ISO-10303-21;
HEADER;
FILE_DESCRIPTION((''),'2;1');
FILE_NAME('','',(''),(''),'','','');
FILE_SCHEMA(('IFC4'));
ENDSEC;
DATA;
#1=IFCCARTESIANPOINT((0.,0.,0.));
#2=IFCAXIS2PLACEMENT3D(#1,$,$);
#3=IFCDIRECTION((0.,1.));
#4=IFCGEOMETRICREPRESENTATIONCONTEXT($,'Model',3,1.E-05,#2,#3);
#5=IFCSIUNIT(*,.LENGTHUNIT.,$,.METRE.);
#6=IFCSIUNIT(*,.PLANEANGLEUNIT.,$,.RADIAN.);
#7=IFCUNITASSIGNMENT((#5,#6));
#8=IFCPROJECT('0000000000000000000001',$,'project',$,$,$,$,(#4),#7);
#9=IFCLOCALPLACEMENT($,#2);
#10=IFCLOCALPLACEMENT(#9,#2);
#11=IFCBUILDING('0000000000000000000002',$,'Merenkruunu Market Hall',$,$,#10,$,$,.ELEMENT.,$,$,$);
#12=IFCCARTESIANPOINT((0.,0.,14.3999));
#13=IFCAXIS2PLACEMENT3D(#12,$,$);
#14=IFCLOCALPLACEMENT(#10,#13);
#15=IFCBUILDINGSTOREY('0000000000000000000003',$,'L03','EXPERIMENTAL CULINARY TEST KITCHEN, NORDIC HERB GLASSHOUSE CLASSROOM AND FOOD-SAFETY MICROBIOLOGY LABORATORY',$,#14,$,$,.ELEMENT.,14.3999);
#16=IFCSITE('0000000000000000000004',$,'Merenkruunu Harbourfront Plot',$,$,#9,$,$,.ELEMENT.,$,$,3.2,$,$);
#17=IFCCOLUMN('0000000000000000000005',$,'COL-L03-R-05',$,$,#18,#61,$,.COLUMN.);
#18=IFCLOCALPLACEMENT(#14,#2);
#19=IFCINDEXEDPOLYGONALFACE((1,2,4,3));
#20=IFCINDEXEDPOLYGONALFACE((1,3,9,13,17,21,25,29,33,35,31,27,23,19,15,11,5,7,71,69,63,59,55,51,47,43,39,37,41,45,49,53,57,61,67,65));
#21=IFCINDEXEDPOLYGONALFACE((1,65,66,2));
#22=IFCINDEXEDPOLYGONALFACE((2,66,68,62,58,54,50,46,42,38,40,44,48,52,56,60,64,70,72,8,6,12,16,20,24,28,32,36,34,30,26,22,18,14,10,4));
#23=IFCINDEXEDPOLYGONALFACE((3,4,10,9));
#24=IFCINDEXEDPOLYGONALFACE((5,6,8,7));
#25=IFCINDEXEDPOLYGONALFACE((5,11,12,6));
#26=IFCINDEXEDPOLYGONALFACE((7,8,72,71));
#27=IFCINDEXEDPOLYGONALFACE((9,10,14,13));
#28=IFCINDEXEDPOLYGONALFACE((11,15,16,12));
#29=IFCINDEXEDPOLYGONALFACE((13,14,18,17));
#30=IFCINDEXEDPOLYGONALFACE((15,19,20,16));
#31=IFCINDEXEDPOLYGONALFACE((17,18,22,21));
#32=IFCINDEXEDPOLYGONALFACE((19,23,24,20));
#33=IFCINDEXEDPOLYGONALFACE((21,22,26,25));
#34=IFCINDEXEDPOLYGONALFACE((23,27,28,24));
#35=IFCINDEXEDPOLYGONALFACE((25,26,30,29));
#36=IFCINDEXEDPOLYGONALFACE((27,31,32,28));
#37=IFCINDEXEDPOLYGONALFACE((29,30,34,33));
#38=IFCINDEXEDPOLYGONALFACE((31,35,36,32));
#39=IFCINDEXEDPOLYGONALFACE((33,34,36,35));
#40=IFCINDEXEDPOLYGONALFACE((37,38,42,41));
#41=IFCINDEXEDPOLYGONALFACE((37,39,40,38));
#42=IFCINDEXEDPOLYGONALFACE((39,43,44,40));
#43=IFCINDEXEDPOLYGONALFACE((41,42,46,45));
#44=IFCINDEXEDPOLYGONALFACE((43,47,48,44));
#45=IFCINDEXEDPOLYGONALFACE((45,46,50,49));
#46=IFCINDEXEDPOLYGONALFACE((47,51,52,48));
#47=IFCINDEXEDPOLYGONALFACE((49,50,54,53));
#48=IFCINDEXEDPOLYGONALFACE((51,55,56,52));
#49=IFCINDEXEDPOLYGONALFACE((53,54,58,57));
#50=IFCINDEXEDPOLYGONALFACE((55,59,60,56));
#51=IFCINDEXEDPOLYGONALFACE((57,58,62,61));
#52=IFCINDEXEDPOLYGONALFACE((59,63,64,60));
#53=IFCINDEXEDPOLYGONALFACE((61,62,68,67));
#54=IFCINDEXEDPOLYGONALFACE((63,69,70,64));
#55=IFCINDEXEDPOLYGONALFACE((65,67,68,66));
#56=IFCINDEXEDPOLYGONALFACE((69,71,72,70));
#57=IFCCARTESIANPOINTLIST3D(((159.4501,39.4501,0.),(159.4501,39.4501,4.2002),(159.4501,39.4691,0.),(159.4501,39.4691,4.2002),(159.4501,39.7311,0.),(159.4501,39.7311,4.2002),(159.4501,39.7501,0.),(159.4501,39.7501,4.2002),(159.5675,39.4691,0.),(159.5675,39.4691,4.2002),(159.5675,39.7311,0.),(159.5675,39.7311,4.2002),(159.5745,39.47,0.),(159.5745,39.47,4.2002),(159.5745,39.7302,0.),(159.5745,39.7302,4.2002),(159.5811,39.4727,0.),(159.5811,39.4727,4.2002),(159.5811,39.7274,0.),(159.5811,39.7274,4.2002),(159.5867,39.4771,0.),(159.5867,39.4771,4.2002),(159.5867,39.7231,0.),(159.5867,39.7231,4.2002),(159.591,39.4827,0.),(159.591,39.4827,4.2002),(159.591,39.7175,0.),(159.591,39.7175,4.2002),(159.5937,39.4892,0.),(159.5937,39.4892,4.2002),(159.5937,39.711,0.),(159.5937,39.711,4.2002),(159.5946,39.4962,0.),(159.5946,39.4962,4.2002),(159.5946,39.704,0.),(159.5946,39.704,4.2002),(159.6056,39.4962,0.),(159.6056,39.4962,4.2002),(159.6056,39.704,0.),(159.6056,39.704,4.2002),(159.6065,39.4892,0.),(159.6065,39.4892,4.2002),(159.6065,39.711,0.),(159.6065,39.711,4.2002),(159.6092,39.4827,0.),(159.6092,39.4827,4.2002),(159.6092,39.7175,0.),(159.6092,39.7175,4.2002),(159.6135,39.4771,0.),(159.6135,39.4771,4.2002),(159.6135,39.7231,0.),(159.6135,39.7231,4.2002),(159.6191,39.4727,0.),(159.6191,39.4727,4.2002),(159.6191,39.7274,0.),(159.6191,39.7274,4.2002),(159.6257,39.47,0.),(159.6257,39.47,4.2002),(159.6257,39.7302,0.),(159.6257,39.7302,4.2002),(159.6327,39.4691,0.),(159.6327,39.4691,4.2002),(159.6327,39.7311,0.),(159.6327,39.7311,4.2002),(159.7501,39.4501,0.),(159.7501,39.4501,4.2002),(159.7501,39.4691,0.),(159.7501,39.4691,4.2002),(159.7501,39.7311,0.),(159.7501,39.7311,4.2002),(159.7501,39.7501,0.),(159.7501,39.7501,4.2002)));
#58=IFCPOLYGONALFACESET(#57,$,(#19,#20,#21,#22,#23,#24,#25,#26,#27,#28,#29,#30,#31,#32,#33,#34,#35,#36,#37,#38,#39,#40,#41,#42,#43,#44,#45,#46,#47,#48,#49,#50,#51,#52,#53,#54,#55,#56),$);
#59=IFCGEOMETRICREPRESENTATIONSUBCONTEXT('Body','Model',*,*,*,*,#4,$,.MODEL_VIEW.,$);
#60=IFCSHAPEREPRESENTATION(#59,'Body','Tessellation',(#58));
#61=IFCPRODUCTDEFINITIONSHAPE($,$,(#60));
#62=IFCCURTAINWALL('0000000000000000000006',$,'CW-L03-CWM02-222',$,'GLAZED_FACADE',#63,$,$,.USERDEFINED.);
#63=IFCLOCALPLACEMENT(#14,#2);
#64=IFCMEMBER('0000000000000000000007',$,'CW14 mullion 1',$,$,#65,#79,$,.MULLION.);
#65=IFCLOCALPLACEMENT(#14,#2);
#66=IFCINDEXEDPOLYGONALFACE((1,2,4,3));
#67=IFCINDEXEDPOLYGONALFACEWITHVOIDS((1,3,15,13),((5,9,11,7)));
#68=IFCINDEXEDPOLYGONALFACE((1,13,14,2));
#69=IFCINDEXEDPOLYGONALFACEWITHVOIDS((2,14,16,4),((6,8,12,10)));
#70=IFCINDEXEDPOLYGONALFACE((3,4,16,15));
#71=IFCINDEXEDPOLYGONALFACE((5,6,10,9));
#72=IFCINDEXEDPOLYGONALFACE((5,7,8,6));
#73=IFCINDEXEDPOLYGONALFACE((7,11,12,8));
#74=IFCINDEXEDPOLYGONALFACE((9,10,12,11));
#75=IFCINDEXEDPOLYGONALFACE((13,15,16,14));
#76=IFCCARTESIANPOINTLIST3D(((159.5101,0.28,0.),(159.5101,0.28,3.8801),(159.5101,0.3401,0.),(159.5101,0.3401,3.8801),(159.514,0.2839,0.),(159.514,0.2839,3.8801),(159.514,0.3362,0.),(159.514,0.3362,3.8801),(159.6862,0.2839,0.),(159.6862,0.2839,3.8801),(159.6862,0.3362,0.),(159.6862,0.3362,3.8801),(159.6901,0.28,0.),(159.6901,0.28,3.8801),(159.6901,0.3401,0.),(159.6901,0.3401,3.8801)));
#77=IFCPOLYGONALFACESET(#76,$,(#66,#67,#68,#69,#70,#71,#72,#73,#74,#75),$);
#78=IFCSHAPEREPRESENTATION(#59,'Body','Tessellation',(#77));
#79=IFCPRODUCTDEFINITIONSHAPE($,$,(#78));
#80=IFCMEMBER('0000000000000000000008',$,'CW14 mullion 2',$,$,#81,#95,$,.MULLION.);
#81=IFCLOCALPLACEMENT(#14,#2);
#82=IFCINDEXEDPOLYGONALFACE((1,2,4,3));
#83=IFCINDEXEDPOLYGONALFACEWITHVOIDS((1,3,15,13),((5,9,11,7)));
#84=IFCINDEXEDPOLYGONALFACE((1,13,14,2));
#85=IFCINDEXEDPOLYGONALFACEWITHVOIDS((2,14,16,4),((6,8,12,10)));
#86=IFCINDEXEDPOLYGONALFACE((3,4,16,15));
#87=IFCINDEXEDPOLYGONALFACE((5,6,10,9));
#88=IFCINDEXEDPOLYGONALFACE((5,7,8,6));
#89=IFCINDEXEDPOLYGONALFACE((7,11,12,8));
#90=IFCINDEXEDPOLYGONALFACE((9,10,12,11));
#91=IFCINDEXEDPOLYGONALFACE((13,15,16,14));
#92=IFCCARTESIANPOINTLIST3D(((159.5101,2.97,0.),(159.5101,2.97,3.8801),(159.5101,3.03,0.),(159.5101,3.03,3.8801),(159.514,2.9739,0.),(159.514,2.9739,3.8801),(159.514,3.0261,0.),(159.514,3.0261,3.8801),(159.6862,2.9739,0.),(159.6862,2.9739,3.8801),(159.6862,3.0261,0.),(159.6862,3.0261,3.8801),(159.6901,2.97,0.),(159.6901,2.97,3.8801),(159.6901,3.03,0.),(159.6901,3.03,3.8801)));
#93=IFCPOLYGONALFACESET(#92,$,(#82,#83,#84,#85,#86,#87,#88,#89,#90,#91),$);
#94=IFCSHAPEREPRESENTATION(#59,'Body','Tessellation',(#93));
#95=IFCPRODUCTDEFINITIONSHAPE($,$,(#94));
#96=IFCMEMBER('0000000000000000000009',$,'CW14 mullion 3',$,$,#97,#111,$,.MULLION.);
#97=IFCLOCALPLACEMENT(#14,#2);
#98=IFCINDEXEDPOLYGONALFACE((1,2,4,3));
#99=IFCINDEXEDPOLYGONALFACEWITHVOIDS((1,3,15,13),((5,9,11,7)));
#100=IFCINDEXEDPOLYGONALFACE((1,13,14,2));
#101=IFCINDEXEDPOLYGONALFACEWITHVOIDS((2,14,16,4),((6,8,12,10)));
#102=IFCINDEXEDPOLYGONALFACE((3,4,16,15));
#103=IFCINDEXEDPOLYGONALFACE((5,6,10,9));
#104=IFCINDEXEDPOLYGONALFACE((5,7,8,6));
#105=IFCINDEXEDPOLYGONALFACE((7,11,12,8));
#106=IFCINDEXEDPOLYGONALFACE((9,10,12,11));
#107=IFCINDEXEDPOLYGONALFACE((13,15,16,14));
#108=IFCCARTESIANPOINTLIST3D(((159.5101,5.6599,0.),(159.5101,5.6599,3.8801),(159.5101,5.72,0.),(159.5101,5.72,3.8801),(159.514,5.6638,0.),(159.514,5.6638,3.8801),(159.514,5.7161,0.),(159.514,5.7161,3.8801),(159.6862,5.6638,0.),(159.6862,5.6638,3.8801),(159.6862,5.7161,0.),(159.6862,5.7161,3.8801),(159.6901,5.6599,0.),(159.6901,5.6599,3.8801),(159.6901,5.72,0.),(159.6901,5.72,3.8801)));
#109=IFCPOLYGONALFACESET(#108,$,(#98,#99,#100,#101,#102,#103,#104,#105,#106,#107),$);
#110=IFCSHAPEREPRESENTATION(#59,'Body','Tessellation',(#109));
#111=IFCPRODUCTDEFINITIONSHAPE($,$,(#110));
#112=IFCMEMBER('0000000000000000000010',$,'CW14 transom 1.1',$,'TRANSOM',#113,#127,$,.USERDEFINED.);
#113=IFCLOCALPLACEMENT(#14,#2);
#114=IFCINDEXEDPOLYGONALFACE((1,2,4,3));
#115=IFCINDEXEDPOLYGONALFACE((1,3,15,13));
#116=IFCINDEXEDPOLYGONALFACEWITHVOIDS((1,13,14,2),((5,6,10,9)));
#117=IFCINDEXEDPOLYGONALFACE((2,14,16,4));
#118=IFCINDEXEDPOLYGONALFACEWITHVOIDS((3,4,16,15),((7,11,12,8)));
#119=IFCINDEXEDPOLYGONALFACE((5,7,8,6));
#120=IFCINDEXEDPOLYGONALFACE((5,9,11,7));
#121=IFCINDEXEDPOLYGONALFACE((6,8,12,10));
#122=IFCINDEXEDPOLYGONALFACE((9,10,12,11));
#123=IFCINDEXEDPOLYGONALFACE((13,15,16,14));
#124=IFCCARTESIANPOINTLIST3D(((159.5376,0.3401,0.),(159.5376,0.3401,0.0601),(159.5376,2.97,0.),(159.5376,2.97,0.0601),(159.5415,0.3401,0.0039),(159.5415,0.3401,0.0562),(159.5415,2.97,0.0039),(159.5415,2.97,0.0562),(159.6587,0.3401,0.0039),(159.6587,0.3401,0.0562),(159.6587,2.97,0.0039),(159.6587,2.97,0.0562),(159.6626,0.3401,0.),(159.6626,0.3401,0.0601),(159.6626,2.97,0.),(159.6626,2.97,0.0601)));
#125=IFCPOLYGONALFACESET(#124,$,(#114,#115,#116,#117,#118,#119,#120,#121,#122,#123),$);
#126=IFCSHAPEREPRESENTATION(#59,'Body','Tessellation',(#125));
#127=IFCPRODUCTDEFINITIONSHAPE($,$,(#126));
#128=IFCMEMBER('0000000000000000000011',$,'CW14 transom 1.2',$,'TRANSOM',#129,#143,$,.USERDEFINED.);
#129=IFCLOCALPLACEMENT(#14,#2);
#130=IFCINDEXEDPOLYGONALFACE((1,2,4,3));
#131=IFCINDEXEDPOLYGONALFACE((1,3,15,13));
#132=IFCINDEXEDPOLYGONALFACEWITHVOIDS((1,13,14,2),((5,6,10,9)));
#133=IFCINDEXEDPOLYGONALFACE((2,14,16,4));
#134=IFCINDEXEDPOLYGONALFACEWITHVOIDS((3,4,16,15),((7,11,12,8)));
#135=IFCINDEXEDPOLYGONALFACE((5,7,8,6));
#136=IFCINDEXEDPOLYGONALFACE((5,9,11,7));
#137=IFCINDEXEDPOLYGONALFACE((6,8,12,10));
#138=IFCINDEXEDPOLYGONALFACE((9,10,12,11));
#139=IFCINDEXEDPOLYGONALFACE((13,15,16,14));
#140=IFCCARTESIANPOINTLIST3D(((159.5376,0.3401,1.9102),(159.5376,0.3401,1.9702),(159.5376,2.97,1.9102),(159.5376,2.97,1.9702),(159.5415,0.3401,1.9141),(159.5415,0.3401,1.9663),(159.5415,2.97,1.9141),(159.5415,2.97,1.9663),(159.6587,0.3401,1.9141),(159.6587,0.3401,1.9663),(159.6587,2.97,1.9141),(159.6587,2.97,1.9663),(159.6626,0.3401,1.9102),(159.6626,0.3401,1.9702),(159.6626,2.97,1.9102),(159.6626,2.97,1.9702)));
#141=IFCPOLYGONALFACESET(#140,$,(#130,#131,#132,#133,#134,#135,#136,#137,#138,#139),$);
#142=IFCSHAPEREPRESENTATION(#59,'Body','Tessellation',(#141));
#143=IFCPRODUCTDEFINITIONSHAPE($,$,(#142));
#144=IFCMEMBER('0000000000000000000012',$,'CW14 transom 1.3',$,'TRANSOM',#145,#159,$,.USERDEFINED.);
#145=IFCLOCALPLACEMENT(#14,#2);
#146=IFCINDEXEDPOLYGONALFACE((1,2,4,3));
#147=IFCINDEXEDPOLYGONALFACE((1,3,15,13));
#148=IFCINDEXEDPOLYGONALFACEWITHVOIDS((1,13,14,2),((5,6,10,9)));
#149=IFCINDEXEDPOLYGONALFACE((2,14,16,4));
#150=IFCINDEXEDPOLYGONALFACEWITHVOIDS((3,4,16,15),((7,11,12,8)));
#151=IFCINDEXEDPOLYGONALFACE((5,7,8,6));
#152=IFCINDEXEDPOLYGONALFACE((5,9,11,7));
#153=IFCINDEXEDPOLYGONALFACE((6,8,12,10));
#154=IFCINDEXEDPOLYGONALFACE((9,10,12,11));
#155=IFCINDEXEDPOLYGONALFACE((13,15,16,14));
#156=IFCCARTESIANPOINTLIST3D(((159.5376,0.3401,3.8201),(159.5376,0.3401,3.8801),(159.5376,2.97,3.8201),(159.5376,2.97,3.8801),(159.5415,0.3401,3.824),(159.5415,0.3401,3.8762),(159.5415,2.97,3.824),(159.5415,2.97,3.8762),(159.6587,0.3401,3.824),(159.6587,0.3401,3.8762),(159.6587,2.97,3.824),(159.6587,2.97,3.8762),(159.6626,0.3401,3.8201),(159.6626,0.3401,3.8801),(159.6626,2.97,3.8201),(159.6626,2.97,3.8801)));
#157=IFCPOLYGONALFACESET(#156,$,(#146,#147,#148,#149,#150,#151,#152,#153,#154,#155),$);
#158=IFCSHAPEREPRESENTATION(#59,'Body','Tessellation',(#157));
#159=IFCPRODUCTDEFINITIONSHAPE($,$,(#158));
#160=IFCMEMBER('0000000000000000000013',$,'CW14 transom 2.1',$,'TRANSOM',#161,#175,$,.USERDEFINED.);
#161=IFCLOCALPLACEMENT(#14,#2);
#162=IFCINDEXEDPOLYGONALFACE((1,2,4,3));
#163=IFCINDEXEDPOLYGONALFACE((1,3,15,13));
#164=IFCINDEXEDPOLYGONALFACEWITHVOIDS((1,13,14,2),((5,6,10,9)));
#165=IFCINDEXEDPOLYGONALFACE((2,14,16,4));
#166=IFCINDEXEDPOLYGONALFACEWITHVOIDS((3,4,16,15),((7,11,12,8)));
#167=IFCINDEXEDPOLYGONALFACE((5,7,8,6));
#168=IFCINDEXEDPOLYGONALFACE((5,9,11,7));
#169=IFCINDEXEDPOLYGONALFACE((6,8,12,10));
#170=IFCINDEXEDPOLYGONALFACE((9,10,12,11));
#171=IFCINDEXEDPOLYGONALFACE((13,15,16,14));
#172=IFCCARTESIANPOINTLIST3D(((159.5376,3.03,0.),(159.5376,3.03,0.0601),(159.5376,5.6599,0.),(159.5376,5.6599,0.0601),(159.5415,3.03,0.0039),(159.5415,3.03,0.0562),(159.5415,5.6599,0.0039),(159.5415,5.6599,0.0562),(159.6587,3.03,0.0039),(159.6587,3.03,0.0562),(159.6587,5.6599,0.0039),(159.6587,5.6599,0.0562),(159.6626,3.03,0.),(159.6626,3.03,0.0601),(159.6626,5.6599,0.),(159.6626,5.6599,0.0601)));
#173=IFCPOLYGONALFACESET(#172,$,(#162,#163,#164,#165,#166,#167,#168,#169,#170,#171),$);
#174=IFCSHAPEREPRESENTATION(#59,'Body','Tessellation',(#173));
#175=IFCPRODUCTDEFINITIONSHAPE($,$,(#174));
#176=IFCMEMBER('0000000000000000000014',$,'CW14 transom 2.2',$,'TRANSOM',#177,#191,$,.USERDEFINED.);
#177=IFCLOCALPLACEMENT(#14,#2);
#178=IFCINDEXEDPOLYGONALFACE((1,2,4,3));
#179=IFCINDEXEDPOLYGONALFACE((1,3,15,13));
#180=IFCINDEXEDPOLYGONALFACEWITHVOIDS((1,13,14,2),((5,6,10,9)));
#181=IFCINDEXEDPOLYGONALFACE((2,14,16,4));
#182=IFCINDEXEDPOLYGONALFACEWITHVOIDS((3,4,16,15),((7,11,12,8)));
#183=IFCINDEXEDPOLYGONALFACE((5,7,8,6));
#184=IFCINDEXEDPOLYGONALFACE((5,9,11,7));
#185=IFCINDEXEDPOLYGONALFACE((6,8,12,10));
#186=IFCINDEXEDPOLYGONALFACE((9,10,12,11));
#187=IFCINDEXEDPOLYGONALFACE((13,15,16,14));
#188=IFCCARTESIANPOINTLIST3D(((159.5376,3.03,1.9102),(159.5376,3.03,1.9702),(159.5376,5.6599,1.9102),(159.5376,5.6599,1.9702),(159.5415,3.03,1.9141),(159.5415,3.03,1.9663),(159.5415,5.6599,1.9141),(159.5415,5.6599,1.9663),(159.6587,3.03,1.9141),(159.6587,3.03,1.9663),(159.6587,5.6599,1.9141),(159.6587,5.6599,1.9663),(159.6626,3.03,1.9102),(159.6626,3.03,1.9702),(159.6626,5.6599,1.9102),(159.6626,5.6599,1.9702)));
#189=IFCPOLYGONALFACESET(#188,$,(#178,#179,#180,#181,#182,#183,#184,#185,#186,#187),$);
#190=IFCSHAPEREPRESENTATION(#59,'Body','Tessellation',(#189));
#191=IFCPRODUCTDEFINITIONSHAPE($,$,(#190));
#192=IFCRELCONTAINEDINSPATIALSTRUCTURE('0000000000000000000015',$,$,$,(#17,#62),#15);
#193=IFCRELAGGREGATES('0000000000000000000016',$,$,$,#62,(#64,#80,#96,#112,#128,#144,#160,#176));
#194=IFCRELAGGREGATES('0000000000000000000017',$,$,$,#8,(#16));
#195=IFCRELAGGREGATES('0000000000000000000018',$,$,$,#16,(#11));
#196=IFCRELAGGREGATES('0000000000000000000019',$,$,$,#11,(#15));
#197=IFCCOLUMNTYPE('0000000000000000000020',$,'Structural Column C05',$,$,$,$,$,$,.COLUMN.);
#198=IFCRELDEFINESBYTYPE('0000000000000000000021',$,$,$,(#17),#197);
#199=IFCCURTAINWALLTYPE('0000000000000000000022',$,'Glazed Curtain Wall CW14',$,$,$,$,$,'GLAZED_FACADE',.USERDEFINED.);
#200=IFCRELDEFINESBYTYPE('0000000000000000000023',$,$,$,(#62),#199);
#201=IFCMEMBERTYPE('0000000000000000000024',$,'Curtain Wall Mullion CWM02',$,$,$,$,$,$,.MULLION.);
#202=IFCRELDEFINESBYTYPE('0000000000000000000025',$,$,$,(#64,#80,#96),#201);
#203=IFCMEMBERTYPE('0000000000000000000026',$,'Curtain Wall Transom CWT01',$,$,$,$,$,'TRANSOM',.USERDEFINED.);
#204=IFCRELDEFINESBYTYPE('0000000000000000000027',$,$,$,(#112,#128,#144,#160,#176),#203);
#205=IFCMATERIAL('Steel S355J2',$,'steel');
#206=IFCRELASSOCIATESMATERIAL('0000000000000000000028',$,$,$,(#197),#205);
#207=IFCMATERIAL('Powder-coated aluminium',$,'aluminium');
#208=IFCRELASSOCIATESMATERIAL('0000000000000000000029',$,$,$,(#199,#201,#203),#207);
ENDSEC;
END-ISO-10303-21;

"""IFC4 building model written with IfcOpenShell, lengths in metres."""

from ifc_helpers import new_model, si_unit, direction, frame, origin, origin_2d, place, context, subcontext, project, spatial, hollow_rectangle, i_section, extrude, material, material_profile, profile_set, type_object, element, aggregate, save


model = new_model("IFC4")

# Units and contexts
model_context = context("Model", 3, precision=1e-05, world=origin(), true_north=direction((0.0, 1.0)))
body_context = subcontext(model_context, "Body", "Model", "MODEL_VIEW")
ifc_project = project(units=[si_unit("LENGTHUNIT", "METRE"), si_unit("PLANEANGLEUNIT", "RADIAN")], contexts=[model_context])

# Site, building, storey
site_placement = place(None, origin())
site = spatial("IfcSite", under=ifc_project, at=site_placement, Name="Merenkruunu Harbourfront Plot", CompositionType="ELEMENT", RefElevation=3.2)
building_placement = place(site_placement, origin())
building = spatial("IfcBuilding", under=site, at=building_placement, Name="Merenkruunu Market Hall", CompositionType="ELEMENT")
storey_placement = place(building_placement, frame((0.0, 0.0, 14.3999)))
storey = spatial("IfcBuildingStorey", under=building, at=storey_placement, Name="L03", Description="EXPERIMENTAL CULINARY TEST KITCHEN, NORDIC HERB GLASSHOUSE CLASSROOM AND FOOD-SAFETY MICROBIOLOGY LABORATORY", CompositionType="ELEMENT", Elevation=14.3999)

# Column
ifc_material_1 = material(Name="Steel S355J2", Category="steel")
ifc_material_profile_1 = material_profile(ifc_material_1, i_section(OverallWidth=0.3, OverallDepth=0.3, WebThickness=0.011, FlangeThickness=0.019, FilletRadius=0.0271, at=origin_2d()), Name="HEB 300")
ifc_profile_set_1 = profile_set([ifc_material_profile_1], Name="Steel S355J2")
column_type = type_object("IfcColumnType", Name="Structural Column C05", PredefinedType="COLUMN", material=ifc_profile_set_1)
for number, where, z_axis, x_axis, name in (
    (1, (159.6001, 39.6001, 0.0), (0.0, 0.0, 1.0), (1.0, 0.0, 0.0), "COL-L03-R-05"),
):
    element("IfcColumn", number, at=place(storey_placement, frame(where, z_axis=z_axis, x_axis=x_axis)), inside=storey, type_object=column_type, Name=name, PredefinedType="COLUMN", context=body_context, shape_type="SweptSolid", body=[
        extrude(i_section(OverallWidth=0.3, OverallDepth=0.3, WebThickness=0.011, FlangeThickness=0.019, FilletRadius=0.0271, at=origin_2d()), origin(), (0.0, 0.0, 1.0), 4.2002),
    ])

# Curtain wall, members
ifc_material_2 = material(Name="Powder-coated aluminium", Category="aluminium")
curtain_wall_type = type_object("IfcCurtainWallType", Name="Glazed Curtain Wall CW14", ElementType="GLAZED_FACADE", PredefinedType="USERDEFINED", material=ifc_material_2)
curtain_wall_placement = place(storey_placement, origin())
curtain_wall = element("IfcCurtainWall", 2, at=curtain_wall_placement, inside=storey, type_object=curtain_wall_type, Name="CW-L03-CWM02-222", ObjectType="GLAZED_FACADE", PredefinedType="USERDEFINED")
ifc_material_profile_2 = material_profile(ifc_material_2, hollow_rectangle(XDim=0.0601, YDim=0.1799, WallThickness=0.0039, at=origin_2d()), Name="ALU 60x180x4")
ifc_profile_set_2 = profile_set([ifc_material_profile_2], Name="Powder-coated aluminium")
member_type_1 = type_object("IfcMemberType", Name="Curtain Wall Mullion CWM02", PredefinedType="MULLION", material=ifc_profile_set_2)
member_1_placement = place(storey_placement, frame((159.6001, 0.3101, 0.0), z_axis=(0.0, 0.0, 1.0), x_axis=(0.0, 1.0, 0.0)))
member_1 = element("IfcMember", 3, at=member_1_placement, type_object=member_type_1, Name="CW14 mullion 1", PredefinedType="MULLION", context=body_context, shape_type="SweptSolid", body=[
    extrude(hollow_rectangle(XDim=0.0601, YDim=0.1799, WallThickness=0.0039, at=origin_2d()), origin(), (0.0, 0.0, 1.0), 3.8801),
])
member_2_placement = place(storey_placement, frame((159.6001, 3.0, 0.0), z_axis=(0.0, 0.0, 1.0), x_axis=(0.0, 1.0, 0.0)))
member_2 = element("IfcMember", 4, at=member_2_placement, type_object=member_type_1, Name="CW14 mullion 2", PredefinedType="MULLION", context=body_context, shape_type="SweptSolid", body=[
    extrude(hollow_rectangle(XDim=0.0601, YDim=0.1799, WallThickness=0.0039, at=origin_2d()), origin(), (0.0, 0.0, 1.0), 3.8801),
])
member_3_placement = place(storey_placement, frame((159.6001, 5.6899, 0.0), z_axis=(0.0, 0.0, 1.0), x_axis=(0.0, 1.0, 0.0)))
member_3 = element("IfcMember", 5, at=member_3_placement, type_object=member_type_1, Name="CW14 mullion 3", PredefinedType="MULLION", context=body_context, shape_type="SweptSolid", body=[
    extrude(hollow_rectangle(XDim=0.0601, YDim=0.1799, WallThickness=0.0039, at=origin_2d()), origin(), (0.0, 0.0, 1.0), 3.8801),
])
ifc_material_profile_3 = material_profile(ifc_material_2, hollow_rectangle(XDim=0.0601, YDim=0.125, WallThickness=0.0039, at=origin_2d()), Name="ALU 60x125x4")
ifc_profile_set_3 = profile_set([ifc_material_profile_3], Name="Powder-coated aluminium")
member_type_2 = type_object("IfcMemberType", Name="Curtain Wall Transom CWT01", ElementType="TRANSOM", PredefinedType="USERDEFINED", material=ifc_profile_set_3)
member_4_placement = place(storey_placement, frame((159.6001, 0.3401, 0.03), z_axis=(0.0, 1.0, 0.0), x_axis=(0.0, 0.0, 1.0)))
member_4 = element("IfcMember", 6, at=member_4_placement, type_object=member_type_2, Name="CW14 transom 1.1", ObjectType="TRANSOM", PredefinedType="USERDEFINED", context=body_context, shape_type="SweptSolid", body=[
    extrude(hollow_rectangle(XDim=0.0601, YDim=0.125, WallThickness=0.0039, at=origin_2d()), origin(), (0.0, 0.0, 1.0), 2.6299),
])
member_5_placement = place(storey_placement, frame((159.6001, 0.3401, 1.9402), z_axis=(0.0, 1.0, 0.0), x_axis=(0.0, 0.0, 1.0)))
member_5 = element("IfcMember", 7, at=member_5_placement, type_object=member_type_2, Name="CW14 transom 1.2", ObjectType="TRANSOM", PredefinedType="USERDEFINED", context=body_context, shape_type="SweptSolid", body=[
    extrude(hollow_rectangle(XDim=0.0601, YDim=0.125, WallThickness=0.0039, at=origin_2d()), origin(), (0.0, 0.0, 1.0), 2.6299),
])
member_6_placement = place(storey_placement, frame((159.6001, 0.3401, 3.8501), z_axis=(0.0, 1.0, 0.0), x_axis=(0.0, 0.0, 1.0)))
member_6 = element("IfcMember", 8, at=member_6_placement, type_object=member_type_2, Name="CW14 transom 1.3", ObjectType="TRANSOM", PredefinedType="USERDEFINED", context=body_context, shape_type="SweptSolid", body=[
    extrude(hollow_rectangle(XDim=0.0601, YDim=0.125, WallThickness=0.0039, at=origin_2d()), origin(), (0.0, 0.0, 1.0), 2.6299),
])
member_7_placement = place(storey_placement, frame((159.6001, 3.03, 0.03), z_axis=(0.0, 1.0, 0.0), x_axis=(0.0, 0.0, 1.0)))
member_7 = element("IfcMember", 9, at=member_7_placement, type_object=member_type_2, Name="CW14 transom 2.1", ObjectType="TRANSOM", PredefinedType="USERDEFINED", context=body_context, shape_type="SweptSolid", body=[
    extrude(hollow_rectangle(XDim=0.0601, YDim=0.125, WallThickness=0.0039, at=origin_2d()), origin(), (0.0, 0.0, 1.0), 2.6299),
])
member_8_placement = place(storey_placement, frame((159.6001, 3.03, 1.9402), z_axis=(0.0, 1.0, 0.0), x_axis=(0.0, 0.0, 1.0)))
member_8 = element("IfcMember", 10, at=member_8_placement, type_object=member_type_2, Name="CW14 transom 2.2", ObjectType="TRANSOM", PredefinedType="USERDEFINED", context=body_context, shape_type="SweptSolid", body=[
    extrude(hollow_rectangle(XDim=0.0601, YDim=0.125, WallThickness=0.0039, at=origin_2d()), origin(), (0.0, 0.0, 1.0), 2.6299),
])

aggregate(curtain_wall, [member_1, member_2, member_3, member_4, member_5, member_6, member_7, member_8])

save(model, "model.ifc")
